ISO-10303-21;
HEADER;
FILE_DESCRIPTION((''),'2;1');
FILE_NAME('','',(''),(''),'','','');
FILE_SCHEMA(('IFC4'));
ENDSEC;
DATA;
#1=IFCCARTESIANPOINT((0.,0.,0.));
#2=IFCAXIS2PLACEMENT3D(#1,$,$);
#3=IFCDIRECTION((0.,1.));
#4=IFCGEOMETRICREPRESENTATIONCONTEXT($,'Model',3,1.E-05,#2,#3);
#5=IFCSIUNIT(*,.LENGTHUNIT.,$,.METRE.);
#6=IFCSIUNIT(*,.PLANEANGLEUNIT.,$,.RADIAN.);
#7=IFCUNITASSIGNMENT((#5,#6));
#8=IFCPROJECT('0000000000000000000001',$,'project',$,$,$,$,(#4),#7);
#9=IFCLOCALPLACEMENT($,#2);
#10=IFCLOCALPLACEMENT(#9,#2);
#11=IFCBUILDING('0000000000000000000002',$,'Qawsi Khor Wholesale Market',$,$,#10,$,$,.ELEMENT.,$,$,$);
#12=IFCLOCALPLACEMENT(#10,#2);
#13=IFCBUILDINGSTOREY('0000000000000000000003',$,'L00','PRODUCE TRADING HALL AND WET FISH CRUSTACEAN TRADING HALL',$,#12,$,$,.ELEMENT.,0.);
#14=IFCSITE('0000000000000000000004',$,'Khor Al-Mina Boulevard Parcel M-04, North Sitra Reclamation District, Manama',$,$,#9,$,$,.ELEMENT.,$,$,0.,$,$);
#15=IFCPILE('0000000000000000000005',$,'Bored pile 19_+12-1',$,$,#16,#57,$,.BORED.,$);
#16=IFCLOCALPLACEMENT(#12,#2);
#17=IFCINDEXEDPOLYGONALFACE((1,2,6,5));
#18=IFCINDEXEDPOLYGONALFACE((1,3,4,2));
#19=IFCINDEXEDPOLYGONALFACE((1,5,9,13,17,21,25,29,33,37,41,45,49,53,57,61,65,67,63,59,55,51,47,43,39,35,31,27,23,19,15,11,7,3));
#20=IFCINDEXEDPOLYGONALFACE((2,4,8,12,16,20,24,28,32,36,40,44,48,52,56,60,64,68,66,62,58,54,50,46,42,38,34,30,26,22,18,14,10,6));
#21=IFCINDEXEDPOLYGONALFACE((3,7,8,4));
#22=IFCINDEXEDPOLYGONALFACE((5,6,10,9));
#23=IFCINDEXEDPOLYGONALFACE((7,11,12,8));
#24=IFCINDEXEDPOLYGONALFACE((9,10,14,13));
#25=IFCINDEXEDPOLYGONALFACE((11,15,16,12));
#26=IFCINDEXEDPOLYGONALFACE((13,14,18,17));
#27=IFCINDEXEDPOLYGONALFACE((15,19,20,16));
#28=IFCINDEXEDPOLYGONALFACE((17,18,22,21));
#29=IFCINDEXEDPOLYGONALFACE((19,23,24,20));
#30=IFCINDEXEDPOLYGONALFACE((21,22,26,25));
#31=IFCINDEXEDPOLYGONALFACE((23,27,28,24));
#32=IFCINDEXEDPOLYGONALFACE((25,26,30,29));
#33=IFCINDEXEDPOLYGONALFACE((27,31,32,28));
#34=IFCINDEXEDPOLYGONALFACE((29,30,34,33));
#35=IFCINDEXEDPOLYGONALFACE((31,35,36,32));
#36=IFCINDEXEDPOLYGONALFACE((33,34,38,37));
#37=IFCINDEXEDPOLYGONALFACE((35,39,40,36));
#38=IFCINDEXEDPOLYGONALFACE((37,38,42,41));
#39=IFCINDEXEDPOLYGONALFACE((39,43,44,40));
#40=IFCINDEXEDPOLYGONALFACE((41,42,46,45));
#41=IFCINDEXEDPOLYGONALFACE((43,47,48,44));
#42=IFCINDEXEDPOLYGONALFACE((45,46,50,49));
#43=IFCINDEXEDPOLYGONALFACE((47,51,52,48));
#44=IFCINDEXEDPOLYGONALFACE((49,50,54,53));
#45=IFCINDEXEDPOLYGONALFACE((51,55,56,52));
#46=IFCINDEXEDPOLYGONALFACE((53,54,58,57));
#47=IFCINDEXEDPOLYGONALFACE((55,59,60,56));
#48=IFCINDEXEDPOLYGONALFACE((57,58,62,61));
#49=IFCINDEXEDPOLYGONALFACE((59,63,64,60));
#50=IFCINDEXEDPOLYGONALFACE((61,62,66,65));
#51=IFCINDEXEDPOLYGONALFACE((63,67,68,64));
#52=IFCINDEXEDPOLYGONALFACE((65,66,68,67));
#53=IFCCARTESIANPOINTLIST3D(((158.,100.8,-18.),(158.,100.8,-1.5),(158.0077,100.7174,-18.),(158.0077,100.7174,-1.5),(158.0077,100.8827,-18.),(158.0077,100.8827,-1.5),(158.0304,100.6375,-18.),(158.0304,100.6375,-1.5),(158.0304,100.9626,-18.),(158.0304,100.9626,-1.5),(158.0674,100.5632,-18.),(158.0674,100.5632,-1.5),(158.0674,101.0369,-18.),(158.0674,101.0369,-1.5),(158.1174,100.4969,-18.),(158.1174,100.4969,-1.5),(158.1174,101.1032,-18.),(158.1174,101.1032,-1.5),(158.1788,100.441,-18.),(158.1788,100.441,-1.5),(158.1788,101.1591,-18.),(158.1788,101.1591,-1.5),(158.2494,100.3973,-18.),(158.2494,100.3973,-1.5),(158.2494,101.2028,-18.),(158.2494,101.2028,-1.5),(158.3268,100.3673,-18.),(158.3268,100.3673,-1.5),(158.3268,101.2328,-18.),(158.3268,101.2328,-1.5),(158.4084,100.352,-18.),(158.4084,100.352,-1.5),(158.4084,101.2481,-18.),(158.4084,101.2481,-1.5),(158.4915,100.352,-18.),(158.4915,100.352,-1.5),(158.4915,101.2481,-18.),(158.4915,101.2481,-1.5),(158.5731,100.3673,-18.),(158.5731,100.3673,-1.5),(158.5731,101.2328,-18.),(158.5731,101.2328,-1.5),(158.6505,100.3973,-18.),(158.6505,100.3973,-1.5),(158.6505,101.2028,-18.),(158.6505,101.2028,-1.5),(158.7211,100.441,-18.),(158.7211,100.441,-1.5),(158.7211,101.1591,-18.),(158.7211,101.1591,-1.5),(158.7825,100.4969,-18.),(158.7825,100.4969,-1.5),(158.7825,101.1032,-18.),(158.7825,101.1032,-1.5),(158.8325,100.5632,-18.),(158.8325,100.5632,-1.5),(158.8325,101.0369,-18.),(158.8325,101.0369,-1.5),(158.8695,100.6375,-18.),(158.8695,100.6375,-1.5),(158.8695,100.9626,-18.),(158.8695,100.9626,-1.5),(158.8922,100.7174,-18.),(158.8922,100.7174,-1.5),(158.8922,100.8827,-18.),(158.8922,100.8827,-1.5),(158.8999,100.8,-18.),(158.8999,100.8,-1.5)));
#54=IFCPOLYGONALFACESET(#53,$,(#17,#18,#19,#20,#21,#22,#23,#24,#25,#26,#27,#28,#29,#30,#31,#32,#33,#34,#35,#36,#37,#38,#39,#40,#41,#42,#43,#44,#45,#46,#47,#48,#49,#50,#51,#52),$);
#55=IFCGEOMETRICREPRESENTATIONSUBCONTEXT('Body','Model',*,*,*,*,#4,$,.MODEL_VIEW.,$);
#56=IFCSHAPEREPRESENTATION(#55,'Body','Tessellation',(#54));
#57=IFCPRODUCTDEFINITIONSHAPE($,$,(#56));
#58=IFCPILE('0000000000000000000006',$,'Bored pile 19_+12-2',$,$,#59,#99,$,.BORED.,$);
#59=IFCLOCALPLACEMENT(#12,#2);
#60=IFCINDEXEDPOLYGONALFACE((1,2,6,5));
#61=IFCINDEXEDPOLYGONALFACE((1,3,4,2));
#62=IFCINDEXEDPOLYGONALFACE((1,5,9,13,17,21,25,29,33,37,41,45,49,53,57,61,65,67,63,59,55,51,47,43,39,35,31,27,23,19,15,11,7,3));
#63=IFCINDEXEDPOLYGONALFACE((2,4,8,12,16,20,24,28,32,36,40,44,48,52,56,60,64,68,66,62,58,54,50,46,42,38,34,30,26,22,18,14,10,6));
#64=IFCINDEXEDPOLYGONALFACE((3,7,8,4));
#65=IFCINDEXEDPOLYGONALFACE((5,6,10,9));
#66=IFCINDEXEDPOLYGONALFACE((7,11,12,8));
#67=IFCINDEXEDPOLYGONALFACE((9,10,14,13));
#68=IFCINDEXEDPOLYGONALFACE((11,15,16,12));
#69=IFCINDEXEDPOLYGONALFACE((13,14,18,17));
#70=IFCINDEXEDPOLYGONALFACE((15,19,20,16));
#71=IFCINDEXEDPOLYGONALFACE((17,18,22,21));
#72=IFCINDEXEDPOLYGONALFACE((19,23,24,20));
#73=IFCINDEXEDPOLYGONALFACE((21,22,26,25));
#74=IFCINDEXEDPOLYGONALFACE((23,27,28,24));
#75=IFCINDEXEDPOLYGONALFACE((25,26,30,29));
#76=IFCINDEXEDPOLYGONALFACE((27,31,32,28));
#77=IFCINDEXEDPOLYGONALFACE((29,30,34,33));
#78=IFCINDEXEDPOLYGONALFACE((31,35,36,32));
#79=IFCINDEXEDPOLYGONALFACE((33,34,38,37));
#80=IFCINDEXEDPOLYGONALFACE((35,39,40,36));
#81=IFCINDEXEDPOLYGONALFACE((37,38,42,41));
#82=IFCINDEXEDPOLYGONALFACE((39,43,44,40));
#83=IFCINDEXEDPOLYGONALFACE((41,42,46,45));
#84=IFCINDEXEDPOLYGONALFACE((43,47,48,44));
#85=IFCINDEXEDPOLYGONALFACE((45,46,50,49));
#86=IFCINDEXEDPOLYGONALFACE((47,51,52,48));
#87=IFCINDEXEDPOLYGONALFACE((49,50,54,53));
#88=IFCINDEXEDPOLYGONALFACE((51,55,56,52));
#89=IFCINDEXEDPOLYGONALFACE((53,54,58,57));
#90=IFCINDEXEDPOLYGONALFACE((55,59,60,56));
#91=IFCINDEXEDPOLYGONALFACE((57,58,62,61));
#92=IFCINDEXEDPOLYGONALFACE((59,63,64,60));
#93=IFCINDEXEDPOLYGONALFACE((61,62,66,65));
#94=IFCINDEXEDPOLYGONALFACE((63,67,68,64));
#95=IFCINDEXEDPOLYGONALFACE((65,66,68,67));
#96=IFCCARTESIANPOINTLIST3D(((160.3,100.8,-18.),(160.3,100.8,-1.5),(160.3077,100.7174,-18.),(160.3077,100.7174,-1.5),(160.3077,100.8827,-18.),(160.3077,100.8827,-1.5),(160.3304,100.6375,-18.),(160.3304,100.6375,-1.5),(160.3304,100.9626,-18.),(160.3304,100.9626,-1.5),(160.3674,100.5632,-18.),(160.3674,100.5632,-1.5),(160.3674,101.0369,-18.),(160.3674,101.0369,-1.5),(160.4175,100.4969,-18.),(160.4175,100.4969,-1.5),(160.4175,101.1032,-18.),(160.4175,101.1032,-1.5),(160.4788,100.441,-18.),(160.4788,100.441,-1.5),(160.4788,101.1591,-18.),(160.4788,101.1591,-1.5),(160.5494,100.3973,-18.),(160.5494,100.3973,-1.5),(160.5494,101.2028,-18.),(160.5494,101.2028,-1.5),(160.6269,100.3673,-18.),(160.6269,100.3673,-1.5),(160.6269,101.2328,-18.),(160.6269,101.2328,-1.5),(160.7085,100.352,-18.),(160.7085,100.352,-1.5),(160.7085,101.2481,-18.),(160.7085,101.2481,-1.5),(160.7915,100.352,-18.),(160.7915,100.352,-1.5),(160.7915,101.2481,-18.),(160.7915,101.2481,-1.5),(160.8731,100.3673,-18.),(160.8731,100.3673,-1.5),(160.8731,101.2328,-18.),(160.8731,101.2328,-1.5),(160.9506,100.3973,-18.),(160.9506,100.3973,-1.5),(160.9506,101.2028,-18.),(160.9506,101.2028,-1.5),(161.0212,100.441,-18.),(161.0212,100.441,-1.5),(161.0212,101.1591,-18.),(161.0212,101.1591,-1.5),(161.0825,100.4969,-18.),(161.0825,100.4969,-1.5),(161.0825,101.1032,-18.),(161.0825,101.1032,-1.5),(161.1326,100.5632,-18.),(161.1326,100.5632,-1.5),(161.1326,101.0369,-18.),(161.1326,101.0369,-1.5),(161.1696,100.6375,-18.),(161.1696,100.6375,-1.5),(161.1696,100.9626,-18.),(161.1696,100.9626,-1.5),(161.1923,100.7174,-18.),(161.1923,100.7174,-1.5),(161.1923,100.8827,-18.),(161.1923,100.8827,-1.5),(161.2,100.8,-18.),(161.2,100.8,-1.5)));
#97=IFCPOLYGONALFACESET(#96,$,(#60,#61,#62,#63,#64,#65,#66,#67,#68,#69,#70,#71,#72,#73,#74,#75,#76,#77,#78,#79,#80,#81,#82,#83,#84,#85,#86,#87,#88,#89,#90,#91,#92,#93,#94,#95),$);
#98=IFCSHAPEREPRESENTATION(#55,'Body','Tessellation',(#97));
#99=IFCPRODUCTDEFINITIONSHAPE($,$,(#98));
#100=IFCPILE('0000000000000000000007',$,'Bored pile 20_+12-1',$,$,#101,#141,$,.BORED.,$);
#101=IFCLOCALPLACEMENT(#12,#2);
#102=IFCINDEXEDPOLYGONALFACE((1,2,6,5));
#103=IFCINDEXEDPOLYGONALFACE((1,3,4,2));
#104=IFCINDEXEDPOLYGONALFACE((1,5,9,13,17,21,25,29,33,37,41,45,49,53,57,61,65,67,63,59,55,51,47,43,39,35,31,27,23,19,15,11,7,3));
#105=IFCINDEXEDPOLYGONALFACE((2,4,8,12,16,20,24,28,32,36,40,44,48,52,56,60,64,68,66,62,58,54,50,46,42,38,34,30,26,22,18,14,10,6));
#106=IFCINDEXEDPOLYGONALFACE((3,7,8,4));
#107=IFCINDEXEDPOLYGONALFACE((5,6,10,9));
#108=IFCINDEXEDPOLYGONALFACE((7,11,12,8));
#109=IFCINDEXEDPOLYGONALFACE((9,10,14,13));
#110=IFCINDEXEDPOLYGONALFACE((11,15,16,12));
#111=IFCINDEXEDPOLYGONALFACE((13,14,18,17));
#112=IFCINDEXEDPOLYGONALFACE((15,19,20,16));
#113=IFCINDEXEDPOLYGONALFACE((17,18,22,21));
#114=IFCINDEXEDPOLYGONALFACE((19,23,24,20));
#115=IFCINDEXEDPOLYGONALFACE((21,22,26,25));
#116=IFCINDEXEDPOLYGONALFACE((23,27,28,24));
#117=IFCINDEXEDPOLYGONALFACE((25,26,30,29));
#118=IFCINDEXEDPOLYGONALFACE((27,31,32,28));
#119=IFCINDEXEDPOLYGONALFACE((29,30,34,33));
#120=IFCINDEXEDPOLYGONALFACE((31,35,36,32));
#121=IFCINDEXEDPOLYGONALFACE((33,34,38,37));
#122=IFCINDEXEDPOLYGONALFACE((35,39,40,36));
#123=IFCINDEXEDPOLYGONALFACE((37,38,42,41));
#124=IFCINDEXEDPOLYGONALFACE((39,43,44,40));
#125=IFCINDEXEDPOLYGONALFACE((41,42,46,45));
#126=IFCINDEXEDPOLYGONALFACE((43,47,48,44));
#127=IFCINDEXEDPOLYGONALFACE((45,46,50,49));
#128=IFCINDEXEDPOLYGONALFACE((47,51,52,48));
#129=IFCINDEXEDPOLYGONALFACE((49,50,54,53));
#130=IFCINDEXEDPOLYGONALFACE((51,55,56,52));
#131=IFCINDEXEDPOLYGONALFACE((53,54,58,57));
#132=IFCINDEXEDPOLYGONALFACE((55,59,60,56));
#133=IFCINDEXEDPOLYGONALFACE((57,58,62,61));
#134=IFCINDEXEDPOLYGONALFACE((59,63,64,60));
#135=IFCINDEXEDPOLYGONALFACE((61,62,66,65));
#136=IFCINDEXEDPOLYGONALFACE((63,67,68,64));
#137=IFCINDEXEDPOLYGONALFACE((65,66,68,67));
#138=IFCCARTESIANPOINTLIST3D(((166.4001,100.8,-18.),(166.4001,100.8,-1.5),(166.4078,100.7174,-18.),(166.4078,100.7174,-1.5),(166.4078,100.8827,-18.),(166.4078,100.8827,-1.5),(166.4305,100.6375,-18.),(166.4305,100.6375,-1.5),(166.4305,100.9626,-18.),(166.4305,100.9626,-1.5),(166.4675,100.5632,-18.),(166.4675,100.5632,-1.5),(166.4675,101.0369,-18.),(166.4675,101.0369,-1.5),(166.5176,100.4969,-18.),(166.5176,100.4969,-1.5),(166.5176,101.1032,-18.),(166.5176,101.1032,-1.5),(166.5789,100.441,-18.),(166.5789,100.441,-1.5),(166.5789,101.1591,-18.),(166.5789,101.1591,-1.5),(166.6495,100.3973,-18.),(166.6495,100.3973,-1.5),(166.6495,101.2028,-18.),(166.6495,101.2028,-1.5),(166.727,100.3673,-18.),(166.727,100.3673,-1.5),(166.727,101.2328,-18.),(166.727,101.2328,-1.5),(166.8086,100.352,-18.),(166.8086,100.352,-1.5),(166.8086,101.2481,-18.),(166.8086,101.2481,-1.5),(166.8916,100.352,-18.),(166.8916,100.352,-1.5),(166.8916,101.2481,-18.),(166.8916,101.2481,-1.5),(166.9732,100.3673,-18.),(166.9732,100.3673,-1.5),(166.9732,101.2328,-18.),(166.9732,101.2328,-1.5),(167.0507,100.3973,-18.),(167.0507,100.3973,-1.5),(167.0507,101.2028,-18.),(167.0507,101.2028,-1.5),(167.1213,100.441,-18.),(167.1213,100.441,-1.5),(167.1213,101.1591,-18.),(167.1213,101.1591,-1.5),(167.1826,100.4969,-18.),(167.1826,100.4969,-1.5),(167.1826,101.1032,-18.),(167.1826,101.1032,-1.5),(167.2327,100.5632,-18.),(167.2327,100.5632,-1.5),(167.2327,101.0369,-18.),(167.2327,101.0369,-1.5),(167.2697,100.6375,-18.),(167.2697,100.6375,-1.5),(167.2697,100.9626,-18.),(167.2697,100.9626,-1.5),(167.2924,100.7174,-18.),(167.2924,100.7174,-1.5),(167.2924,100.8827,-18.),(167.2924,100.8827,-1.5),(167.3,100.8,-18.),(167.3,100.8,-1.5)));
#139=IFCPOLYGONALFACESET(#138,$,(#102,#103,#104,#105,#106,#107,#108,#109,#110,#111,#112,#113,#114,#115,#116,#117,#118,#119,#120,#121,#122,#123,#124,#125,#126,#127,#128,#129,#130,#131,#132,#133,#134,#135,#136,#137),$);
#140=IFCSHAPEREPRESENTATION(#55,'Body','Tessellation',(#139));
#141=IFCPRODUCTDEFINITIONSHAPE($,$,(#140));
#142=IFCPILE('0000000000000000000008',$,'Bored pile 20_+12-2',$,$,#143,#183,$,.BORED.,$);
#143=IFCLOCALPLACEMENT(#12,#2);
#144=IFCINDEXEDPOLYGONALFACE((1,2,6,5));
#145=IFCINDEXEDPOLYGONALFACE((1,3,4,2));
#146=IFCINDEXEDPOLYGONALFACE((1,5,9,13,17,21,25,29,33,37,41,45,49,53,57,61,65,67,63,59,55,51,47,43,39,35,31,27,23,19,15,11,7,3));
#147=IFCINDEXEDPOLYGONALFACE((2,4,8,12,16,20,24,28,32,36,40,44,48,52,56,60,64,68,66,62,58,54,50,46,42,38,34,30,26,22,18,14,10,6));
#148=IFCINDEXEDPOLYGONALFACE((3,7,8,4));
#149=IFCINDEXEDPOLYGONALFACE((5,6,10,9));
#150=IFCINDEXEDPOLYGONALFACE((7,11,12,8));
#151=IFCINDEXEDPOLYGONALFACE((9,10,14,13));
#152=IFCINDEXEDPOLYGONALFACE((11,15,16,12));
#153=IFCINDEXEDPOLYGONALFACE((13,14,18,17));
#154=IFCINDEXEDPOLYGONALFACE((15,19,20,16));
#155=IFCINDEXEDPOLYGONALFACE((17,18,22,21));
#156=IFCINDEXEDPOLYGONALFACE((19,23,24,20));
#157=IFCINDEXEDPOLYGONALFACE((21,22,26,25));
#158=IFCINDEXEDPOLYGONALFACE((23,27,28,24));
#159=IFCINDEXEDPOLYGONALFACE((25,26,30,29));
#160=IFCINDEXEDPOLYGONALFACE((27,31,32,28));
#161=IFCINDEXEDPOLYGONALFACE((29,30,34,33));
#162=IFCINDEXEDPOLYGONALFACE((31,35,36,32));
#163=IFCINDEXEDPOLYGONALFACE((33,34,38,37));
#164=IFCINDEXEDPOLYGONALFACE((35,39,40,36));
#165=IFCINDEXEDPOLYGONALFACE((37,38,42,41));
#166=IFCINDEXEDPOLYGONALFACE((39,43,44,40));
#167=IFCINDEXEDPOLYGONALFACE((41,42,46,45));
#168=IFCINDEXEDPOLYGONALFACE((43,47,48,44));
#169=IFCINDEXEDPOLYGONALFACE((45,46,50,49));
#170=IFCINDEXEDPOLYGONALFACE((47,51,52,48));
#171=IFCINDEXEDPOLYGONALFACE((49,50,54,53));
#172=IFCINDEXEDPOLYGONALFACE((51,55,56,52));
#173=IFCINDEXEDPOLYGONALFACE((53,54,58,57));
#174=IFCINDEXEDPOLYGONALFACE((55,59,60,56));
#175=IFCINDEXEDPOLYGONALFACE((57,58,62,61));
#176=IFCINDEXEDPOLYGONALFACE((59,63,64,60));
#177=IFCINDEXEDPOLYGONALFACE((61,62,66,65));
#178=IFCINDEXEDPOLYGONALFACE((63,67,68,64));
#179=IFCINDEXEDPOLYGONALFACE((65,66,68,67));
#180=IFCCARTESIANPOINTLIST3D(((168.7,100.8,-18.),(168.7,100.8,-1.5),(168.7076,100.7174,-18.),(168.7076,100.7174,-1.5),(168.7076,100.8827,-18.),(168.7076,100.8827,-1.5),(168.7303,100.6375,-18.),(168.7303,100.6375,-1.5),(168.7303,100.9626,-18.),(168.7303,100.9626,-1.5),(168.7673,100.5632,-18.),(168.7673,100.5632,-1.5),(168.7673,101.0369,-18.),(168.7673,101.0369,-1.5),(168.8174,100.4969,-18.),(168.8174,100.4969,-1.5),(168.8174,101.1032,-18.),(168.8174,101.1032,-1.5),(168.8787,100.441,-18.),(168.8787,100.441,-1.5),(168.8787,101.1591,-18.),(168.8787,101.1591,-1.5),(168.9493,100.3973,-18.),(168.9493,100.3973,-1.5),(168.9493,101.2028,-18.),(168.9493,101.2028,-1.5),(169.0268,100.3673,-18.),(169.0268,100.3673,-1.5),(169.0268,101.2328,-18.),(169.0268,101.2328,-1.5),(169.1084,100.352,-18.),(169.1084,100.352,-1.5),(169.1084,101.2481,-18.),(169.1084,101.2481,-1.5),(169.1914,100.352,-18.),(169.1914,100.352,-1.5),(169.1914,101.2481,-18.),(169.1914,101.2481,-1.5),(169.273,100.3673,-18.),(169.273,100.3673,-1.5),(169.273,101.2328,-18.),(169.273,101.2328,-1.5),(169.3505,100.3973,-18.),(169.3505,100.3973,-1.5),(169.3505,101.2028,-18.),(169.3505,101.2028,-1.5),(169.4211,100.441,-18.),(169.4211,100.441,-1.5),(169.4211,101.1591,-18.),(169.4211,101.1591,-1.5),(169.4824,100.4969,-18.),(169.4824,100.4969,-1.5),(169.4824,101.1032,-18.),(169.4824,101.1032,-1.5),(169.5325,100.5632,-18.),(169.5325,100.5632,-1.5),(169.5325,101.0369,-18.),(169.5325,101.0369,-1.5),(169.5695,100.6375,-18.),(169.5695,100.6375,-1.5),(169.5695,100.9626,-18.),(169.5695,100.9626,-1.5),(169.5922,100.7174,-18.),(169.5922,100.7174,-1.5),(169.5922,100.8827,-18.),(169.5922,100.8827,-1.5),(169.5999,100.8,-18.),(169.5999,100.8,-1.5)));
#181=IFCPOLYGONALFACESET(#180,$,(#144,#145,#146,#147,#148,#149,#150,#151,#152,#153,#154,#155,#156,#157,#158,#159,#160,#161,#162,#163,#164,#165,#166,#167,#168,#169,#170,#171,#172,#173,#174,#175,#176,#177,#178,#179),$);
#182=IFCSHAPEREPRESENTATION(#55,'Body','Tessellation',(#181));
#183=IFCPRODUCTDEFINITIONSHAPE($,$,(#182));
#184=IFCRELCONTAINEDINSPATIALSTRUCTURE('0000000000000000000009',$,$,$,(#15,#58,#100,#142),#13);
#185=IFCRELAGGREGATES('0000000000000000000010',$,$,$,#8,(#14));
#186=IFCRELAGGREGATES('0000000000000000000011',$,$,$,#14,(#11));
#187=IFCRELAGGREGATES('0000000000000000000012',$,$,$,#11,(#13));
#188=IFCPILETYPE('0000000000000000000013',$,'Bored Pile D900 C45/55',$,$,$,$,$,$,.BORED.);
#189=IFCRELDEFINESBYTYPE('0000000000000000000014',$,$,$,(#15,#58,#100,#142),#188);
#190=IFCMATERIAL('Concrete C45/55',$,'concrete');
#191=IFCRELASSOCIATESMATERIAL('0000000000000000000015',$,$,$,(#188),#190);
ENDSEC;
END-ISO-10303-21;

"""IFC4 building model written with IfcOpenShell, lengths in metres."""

from ifc_helpers import new_model, si_unit, direction, frame, origin, origin_2d, place, context, subcontext, project, spatial, circle, extrude, material, material_profile, profile_set, type_object, element, save


model = new_model("IFC4")

# Units and contexts
model_context = context("Model", 3, precision=1e-05, world=origin(), true_north=direction((0.0, 1.0)))
body_context = subcontext(model_context, "Body", "Model", "MODEL_VIEW")
ifc_project = project(units=[si_unit("LENGTHUNIT", "METRE"), si_unit("PLANEANGLEUNIT", "RADIAN")], contexts=[model_context])

# Site, building, storey
site_placement = place(None, origin())
site = spatial("IfcSite", under=ifc_project, at=site_placement, Name="Khor Al-Mina Boulevard Parcel M-04, North Sitra Reclamation District, Manama", CompositionType="ELEMENT", RefElevation=0.0)
building_placement = place(site_placement, origin())
building = spatial("IfcBuilding", under=site, at=building_placement, Name="Qawsi Khor Wholesale Market", CompositionType="ELEMENT")
storey_placement = place(building_placement, origin())
storey = spatial("IfcBuildingStorey", under=building, at=storey_placement, Name="L00", Description="PRODUCE TRADING HALL AND WET FISH CRUSTACEAN TRADING HALL", CompositionType="ELEMENT", Elevation=0.0)

# Piles
ifc_material_1 = material(Name="Concrete C45/55", Category="concrete")
ifc_material_profile_1 = material_profile(ifc_material_1, circle(Radius=0.45, at=origin_2d()), Name="PILE D900")
ifc_profile_set_1 = profile_set([ifc_material_profile_1], Name="Concrete C45/55")
pile_type_1 = type_object("IfcPileType", Name="Bored Pile D900 C45/55", PredefinedType="BORED", material=ifc_profile_set_1)
for number, where, z_axis, x_axis, name in (
    (1, (158.45, 100.8, -1.5), (0.0, 0.0, -1.0), (1.0, 0.0, 0.0), "Bored pile 19_+12-1"),
    (2, (160.75, 100.8, -1.5), (0.0, 0.0, -1.0), (1.0, 0.0, 0.0), "Bored pile 19_+12-2"),
    (3, (166.8501, 100.8, -1.5), (0.0, 0.0, -1.0), (1.0, 0.0, 0.0), "Bored pile 20_+12-1"),
    (4, (169.1499, 100.8, -1.5), (0.0, 0.0, -1.0), (1.0, 0.0, 0.0), "Bored pile 20_+12-2"),
):
    element("IfcPile", number, at=place(storey_placement, frame(where, z_axis=z_axis, x_axis=x_axis)), inside=storey, type_object=pile_type_1, Name=name, PredefinedType="BORED", context=body_context, shape_type="SweptSolid", body=[
        extrude(circle(Radius=0.45, at=origin_2d()), origin(), (0.0, 0.0, 1.0), 16.5),
    ])

save(model, "model.ifc")
